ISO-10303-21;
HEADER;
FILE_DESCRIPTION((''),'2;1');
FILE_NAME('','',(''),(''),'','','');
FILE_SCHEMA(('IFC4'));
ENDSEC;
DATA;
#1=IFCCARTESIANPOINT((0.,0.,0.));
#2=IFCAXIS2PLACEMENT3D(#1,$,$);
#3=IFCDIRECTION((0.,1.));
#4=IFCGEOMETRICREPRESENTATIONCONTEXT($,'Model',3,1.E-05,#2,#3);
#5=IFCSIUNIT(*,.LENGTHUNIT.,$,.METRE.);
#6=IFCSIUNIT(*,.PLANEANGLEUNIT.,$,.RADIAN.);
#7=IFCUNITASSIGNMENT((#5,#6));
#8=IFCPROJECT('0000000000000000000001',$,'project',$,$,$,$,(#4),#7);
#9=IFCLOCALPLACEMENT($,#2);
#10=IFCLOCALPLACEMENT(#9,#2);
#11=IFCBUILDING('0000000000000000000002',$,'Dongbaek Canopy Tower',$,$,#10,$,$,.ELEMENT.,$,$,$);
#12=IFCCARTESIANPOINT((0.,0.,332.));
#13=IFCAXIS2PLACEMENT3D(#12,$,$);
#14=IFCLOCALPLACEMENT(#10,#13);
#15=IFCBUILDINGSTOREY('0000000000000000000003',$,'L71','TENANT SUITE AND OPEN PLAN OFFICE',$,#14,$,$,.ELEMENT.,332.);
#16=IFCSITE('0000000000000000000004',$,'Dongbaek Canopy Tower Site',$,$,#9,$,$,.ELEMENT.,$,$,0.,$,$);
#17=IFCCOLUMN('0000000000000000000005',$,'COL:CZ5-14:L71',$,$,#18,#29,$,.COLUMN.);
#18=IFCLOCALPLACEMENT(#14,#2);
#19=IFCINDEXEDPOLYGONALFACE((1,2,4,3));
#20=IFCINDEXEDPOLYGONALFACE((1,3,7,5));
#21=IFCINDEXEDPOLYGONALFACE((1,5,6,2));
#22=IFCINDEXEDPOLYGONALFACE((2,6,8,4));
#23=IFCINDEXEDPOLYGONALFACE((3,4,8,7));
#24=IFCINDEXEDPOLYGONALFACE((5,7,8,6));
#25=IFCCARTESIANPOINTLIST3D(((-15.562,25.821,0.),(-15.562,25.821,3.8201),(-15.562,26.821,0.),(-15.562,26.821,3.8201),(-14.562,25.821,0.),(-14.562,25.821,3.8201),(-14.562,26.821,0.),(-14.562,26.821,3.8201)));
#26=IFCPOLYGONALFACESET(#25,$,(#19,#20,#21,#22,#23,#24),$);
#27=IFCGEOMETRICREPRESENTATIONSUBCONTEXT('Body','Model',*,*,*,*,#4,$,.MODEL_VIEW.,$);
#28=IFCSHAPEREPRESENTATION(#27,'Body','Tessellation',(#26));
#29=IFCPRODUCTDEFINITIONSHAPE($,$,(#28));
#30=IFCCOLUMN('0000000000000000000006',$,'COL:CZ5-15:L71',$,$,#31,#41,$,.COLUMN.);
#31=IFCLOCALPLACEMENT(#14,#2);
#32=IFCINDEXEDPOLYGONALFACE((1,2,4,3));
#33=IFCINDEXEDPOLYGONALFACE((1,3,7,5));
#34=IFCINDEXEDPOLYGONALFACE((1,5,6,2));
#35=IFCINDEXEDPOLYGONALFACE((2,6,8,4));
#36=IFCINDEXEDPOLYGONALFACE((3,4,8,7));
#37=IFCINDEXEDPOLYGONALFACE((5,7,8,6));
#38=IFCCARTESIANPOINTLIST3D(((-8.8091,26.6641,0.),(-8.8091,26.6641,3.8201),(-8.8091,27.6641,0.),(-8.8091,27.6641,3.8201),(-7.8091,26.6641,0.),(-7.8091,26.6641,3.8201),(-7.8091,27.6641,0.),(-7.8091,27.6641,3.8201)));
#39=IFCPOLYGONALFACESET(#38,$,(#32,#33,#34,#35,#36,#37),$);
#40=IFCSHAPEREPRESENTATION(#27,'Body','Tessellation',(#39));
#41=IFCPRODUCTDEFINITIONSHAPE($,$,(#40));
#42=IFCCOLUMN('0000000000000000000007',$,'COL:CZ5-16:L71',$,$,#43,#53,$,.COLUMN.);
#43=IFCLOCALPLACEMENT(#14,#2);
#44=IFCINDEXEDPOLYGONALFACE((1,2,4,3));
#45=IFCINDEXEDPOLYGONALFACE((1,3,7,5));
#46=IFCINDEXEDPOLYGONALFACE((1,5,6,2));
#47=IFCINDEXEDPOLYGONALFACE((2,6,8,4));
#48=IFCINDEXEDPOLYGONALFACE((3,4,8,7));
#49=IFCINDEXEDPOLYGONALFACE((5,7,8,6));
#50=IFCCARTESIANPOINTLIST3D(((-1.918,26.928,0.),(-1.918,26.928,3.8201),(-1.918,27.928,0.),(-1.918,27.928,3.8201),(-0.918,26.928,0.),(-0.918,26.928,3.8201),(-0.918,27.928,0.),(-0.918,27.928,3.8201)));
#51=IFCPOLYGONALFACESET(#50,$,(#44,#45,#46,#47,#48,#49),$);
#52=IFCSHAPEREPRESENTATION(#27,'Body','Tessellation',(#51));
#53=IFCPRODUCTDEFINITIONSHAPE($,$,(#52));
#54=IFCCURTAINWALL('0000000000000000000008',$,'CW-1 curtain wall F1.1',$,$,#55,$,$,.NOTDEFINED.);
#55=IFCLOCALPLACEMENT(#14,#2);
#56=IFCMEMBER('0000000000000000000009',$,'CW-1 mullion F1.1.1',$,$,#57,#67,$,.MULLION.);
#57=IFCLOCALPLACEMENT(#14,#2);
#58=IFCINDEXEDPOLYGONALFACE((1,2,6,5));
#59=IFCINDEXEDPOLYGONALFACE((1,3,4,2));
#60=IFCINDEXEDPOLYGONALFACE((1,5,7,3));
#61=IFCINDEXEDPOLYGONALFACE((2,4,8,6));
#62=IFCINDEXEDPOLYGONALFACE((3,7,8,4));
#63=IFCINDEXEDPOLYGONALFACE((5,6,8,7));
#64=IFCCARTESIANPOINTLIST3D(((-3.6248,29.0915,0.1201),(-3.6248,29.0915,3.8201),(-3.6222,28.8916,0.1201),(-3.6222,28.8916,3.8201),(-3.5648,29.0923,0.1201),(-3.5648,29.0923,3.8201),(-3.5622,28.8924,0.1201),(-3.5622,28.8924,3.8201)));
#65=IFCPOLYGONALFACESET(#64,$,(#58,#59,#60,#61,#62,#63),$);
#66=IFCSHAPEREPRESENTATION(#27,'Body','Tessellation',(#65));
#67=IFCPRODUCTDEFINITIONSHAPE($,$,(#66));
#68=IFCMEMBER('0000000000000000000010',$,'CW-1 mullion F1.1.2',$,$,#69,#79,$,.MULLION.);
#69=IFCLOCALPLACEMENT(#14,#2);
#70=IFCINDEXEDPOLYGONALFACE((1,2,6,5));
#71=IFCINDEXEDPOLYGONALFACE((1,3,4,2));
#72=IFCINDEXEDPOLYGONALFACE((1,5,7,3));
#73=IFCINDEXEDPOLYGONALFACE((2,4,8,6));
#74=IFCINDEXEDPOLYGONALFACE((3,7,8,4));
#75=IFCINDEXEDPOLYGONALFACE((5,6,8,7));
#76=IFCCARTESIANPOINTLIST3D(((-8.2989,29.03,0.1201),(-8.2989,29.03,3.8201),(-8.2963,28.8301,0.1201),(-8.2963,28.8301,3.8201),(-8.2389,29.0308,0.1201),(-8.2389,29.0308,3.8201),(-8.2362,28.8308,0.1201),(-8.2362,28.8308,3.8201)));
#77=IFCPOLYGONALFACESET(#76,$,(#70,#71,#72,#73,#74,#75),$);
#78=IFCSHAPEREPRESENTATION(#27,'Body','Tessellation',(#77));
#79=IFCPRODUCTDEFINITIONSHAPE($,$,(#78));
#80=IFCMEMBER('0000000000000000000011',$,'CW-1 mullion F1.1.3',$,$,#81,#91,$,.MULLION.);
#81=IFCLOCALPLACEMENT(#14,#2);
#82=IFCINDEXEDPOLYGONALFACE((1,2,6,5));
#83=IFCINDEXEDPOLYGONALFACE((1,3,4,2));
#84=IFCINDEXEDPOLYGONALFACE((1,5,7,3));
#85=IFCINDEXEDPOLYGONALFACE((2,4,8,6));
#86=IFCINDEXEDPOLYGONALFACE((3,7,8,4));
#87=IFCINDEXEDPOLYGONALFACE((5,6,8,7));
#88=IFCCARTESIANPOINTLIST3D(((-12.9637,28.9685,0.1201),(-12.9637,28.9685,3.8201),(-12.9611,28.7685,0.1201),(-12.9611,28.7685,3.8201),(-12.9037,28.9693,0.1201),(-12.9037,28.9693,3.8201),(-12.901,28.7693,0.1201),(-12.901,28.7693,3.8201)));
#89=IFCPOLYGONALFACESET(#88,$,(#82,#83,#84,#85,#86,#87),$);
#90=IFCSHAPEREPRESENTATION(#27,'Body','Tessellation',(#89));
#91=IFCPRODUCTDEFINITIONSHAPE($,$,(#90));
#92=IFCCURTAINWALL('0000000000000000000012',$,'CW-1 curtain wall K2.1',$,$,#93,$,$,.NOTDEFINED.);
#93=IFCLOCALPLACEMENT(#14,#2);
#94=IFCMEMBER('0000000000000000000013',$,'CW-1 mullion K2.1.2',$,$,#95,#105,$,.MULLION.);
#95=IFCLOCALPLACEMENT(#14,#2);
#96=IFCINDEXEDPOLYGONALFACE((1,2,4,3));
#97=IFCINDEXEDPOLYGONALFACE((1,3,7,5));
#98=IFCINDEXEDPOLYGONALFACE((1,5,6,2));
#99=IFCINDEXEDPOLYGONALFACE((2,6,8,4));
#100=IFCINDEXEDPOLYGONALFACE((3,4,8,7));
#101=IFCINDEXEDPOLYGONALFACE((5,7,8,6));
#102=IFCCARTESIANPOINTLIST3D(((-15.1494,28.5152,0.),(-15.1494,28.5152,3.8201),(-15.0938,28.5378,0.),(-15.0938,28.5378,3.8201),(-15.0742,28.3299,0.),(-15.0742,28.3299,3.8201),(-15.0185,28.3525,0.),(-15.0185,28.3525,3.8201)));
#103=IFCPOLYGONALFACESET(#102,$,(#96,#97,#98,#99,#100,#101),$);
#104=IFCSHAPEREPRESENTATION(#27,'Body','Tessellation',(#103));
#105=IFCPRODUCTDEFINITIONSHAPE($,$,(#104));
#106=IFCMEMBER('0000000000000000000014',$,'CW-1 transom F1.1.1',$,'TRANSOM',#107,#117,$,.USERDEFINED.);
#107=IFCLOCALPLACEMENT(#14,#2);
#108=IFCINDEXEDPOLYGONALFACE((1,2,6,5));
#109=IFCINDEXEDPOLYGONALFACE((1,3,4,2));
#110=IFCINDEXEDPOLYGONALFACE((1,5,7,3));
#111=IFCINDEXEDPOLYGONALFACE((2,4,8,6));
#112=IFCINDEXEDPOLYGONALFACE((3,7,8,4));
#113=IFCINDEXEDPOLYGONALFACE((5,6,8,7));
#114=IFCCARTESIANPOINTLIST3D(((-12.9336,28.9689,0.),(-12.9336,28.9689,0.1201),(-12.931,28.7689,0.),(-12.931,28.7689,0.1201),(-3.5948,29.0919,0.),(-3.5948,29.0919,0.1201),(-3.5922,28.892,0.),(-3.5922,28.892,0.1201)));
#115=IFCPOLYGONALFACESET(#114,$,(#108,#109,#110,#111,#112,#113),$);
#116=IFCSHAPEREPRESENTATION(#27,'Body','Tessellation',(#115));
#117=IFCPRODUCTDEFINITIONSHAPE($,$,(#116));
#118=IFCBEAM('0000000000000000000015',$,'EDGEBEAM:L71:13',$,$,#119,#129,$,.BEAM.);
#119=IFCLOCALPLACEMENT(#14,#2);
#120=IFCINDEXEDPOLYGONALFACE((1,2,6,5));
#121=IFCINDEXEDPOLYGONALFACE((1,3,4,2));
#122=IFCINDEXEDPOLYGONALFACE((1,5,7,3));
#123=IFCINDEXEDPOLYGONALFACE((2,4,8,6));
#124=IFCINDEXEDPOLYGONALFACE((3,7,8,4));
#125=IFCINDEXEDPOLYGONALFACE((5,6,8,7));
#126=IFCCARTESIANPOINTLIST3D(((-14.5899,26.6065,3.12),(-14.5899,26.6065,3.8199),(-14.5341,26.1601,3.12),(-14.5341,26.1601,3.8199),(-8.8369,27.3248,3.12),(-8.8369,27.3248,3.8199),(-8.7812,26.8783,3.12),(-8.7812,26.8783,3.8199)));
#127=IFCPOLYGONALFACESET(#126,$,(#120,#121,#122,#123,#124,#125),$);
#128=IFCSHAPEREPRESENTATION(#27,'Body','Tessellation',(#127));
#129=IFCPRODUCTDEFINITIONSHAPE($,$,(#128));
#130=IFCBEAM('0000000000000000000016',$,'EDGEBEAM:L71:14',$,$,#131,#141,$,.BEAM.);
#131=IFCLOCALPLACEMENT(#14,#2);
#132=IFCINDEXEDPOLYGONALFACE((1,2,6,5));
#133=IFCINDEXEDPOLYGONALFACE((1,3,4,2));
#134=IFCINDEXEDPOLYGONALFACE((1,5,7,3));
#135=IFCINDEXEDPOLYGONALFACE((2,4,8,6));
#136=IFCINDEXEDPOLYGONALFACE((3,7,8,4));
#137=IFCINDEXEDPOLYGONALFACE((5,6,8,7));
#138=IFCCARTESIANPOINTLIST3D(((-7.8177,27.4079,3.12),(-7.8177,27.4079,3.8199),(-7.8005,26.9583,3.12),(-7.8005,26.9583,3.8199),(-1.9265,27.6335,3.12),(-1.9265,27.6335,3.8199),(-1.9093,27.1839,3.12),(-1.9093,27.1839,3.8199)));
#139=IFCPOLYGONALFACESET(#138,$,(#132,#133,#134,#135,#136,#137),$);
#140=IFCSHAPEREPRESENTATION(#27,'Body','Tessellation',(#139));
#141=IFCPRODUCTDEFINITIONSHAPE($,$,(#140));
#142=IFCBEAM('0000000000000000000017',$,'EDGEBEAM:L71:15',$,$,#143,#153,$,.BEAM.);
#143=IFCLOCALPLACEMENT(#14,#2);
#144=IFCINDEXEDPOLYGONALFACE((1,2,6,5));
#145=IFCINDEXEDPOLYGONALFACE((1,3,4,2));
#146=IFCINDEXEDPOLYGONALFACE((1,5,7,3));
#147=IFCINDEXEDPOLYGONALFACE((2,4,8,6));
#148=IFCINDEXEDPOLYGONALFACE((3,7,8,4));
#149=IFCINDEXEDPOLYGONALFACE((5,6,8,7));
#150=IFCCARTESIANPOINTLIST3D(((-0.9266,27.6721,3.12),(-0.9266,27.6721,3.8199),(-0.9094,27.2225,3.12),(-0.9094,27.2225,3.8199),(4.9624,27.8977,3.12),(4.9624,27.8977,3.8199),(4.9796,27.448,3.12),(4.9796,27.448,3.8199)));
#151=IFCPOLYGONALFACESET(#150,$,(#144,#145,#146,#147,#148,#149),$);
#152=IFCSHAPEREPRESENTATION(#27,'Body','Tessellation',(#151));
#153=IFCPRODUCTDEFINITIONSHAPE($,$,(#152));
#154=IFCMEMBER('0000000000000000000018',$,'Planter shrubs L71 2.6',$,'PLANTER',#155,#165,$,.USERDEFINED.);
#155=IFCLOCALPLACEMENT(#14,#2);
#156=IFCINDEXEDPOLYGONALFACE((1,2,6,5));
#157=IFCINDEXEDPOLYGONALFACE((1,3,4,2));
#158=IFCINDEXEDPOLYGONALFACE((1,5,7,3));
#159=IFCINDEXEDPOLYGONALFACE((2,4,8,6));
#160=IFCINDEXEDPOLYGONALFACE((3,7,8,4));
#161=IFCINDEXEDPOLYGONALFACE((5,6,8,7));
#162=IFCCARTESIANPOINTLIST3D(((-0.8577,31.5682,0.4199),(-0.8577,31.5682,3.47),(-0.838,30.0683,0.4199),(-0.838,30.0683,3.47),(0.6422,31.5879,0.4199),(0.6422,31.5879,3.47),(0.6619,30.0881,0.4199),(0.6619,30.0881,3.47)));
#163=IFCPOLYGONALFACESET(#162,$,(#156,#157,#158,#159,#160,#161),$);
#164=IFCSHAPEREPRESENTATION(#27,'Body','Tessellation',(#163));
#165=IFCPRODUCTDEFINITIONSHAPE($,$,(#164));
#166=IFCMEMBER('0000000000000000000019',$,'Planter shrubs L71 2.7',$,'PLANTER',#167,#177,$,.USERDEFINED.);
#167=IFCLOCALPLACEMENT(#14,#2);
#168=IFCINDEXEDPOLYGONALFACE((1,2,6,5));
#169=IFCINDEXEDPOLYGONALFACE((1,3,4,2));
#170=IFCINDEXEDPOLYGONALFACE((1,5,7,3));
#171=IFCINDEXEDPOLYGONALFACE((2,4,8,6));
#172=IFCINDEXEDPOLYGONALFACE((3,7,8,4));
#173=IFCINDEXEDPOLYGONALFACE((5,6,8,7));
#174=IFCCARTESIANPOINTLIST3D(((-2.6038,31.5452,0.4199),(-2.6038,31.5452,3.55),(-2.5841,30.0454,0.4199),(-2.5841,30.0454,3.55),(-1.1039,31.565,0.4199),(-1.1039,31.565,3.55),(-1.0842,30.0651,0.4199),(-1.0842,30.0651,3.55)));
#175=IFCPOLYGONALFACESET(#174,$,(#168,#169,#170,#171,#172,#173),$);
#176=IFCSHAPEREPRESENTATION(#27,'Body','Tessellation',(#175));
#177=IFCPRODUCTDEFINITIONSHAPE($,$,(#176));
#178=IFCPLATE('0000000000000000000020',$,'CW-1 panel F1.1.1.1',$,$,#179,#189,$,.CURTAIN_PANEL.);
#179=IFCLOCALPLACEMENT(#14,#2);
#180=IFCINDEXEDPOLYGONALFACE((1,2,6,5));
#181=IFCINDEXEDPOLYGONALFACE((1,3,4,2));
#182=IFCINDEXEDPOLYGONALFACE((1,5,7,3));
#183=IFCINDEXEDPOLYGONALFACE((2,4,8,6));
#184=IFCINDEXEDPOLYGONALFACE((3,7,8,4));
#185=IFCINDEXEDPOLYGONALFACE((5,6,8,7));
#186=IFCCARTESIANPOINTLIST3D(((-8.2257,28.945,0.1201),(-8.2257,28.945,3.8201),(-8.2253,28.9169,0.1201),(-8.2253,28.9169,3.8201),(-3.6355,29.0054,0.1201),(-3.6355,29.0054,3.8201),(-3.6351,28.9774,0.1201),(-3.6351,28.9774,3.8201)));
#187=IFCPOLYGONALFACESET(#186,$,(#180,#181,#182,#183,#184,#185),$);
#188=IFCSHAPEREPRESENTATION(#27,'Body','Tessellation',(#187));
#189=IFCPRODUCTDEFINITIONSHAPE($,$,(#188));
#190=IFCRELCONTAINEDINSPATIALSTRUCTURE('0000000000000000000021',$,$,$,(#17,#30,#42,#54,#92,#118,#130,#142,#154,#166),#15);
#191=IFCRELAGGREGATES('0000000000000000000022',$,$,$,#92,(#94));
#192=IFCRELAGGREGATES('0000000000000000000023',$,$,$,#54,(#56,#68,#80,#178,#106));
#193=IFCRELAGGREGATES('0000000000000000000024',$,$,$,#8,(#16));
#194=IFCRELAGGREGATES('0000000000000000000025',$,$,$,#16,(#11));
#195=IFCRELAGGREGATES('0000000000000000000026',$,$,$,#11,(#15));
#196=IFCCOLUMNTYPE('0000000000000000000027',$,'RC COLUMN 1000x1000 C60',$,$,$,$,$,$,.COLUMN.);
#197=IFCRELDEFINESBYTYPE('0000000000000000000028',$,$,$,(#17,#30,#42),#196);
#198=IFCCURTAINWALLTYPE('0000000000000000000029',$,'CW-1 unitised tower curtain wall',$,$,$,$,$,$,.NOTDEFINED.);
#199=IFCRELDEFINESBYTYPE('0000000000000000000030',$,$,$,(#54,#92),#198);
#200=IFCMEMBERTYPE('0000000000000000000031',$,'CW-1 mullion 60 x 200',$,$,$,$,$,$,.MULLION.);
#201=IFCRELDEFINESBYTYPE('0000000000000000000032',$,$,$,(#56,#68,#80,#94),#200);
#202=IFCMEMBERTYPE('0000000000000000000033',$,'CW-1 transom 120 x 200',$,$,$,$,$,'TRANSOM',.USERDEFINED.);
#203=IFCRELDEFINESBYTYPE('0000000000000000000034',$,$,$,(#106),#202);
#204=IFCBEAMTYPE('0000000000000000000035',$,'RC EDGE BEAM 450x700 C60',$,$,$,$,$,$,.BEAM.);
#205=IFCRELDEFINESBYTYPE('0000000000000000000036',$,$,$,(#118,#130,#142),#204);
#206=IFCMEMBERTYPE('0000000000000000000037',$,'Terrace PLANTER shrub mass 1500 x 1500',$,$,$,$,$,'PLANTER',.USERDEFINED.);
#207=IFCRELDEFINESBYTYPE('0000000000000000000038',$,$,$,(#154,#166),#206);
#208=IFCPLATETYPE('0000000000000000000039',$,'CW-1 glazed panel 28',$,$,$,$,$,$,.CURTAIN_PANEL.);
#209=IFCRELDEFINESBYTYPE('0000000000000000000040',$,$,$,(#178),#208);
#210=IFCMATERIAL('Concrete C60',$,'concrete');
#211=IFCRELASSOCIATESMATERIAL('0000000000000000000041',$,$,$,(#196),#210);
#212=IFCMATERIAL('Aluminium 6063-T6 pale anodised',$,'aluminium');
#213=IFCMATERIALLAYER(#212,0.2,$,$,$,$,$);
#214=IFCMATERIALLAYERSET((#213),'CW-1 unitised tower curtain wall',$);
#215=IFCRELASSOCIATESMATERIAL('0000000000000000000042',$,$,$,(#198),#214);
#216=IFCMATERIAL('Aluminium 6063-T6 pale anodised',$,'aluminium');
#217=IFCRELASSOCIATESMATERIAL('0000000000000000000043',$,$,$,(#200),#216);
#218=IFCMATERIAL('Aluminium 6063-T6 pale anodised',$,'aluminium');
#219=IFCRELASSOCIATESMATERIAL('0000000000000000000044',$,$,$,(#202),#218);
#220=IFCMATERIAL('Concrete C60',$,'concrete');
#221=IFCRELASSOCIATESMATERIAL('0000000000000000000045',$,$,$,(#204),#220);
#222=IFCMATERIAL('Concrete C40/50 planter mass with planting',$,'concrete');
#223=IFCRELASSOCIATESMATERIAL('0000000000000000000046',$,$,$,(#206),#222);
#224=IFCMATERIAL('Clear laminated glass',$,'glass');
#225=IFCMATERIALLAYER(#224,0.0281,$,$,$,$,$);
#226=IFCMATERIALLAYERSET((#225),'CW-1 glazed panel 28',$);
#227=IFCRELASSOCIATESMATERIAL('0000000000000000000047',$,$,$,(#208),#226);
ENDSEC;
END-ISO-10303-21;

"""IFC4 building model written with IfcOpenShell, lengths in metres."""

from ifc_helpers import new_model, si_unit, direction, frame, origin, origin_2d, place, context, subcontext, project, spatial, rectangle, extrude, material, layer, layer_set, material_profile, profile_set, type_object, element, aggregate, save


model = new_model("IFC4")

# Units and contexts
model_context = context("Model", 3, precision=1e-05, world=origin(), true_north=direction((0.0, 1.0)))
body_context = subcontext(model_context, "Body", "Model", "MODEL_VIEW")
ifc_project = project(units=[si_unit("LENGTHUNIT", "METRE"), si_unit("PLANEANGLEUNIT", "RADIAN")], contexts=[model_context])

# Site, building, storey
site_placement = place(None, origin())
site = spatial("IfcSite", under=ifc_project, at=site_placement, Name="Dongbaek Canopy Tower Site", CompositionType="ELEMENT", RefElevation=0.0)
building_placement = place(site_placement, origin())
building = spatial("IfcBuilding", under=site, at=building_placement, Name="Dongbaek Canopy Tower", CompositionType="ELEMENT")
storey_placement = place(building_placement, frame((0.0, 0.0, 332.0)))
storey = spatial("IfcBuildingStorey", under=building, at=storey_placement, Name="L71", Description="TENANT SUITE AND OPEN PLAN OFFICE", CompositionType="ELEMENT", Elevation=332.0)

# Columns
ifc_material_1 = material(Name="Concrete C60", Category="concrete")
ifc_material_profile_1 = material_profile(ifc_material_1, rectangle(XDim=1.0, YDim=1.0, at=origin_2d()), Name="RC COLUMN 1000x1000 C60")
ifc_profile_set_1 = profile_set([ifc_material_profile_1], Name="Concrete C60")
column_type = type_object("IfcColumnType", Name="RC COLUMN 1000x1000 C60", PredefinedType="COLUMN", material=ifc_profile_set_1)
for number, where, z_axis, x_axis, name in (
    (1, (-15.062, 26.321, 0.0), (0.0, 0.0, 1.0), (1.0, 0.0, 0.0), "COL:CZ5-14:L71"),
    (2, (-8.3091, 27.1641, 0.0), (0.0, 0.0, 1.0), (1.0, 0.0, 0.0), "COL:CZ5-15:L71"),
    (3, (-1.418, 27.428, 0.0), (0.0, 0.0, 1.0), (1.0, 0.0, 0.0), "COL:CZ5-16:L71"),
):
    element("IfcColumn", number, at=place(storey_placement, frame(where, z_axis=z_axis, x_axis=x_axis)), inside=storey, type_object=column_type, Name=name, PredefinedType="COLUMN", context=body_context, shape_type="SweptSolid", body=[
        extrude(rectangle(XDim=1.0, YDim=1.0, at=origin_2d()), origin(), (0.0, 0.0, 1.0), 3.8201),
    ])

# Curtain wall, members
ifc_material_2 = material(Name="Aluminium 6063-T6 pale anodised", Category="aluminium")
ifc_layer_1 = layer(ifc_material_2, 0.2)
ifc_layer_set_1 = layer_set([ifc_layer_1], Name="CW-1 unitised tower curtain wall")
curtain_wall_type = type_object("IfcCurtainWallType", Name="CW-1 unitised tower curtain wall", PredefinedType="NOTDEFINED", material=ifc_layer_set_1)
curtain_wall_1_placement = place(storey_placement, origin())
curtain_wall_1 = element("IfcCurtainWall", 4, at=curtain_wall_1_placement, inside=storey, type_object=curtain_wall_type, Name="CW-1 curtain wall F1.1", PredefinedType="NOTDEFINED")
ifc_material_3 = material(Name="Aluminium 6063-T6 pale anodised", Category="aluminium")
ifc_material_profile_2 = material_profile(ifc_material_3, rectangle(XDim=0.2, YDim=0.0601, at=origin_2d()), Name="CW-1 mullion 60 x 200")
ifc_profile_set_2 = profile_set([ifc_material_profile_2], Name="Aluminium 6063-T6 pale anodised")
member_type_1 = type_object("IfcMemberType", Name="CW-1 mullion 60 x 200", PredefinedType="MULLION", material=ifc_profile_set_2)
member_1_placement = place(storey_placement, frame((-3.5935, 28.9919, 0.1201), z_axis=(0.0, 0.0, 1.0), x_axis=(-0.013165, 0.999913, 0.0)))
member_1 = element("IfcMember", 5, at=member_1_placement, type_object=member_type_1, Name="CW-1 mullion F1.1.1", PredefinedType="MULLION", context=body_context, shape_type="SweptSolid", body=[
    extrude(rectangle(XDim=0.2, YDim=0.0601, at=origin_2d()), origin(), (0.0, 0.0, 1.0), 3.7),
])
member_2_placement = place(storey_placement, frame((-8.2676, 28.9304, 0.1201), z_axis=(0.0, 0.0, 1.0), x_axis=(-0.013165, 0.999913, 0.0)))
member_2 = element("IfcMember", 6, at=member_2_placement, type_object=member_type_1, Name="CW-1 mullion F1.1.2", PredefinedType="MULLION", context=body_context, shape_type="SweptSolid", body=[
    extrude(rectangle(XDim=0.2, YDim=0.0601, at=origin_2d()), origin(), (0.0, 0.0, 1.0), 3.7),
])
member_3_placement = place(storey_placement, frame((-12.9324, 28.8689, 0.1201), z_axis=(0.0, 0.0, 1.0), x_axis=(-0.013165, 0.999913, 0.0)))
member_3 = element("IfcMember", 7, at=member_3_placement, type_object=member_type_1, Name="CW-1 mullion F1.1.3", PredefinedType="MULLION", context=body_context, shape_type="SweptSolid", body=[
    extrude(rectangle(XDim=0.2, YDim=0.0601, at=origin_2d()), origin(), (0.0, 0.0, 1.0), 3.7),
])

# Curtain wall, member
curtain_wall_2_placement = place(storey_placement, origin())
curtain_wall_2 = element("IfcCurtainWall", 8, at=curtain_wall_2_placement, inside=storey, type_object=curtain_wall_type, Name="CW-1 curtain wall K2.1", PredefinedType="NOTDEFINED")
member_4_placement = place(storey_placement, frame((-15.084, 28.4338, 0.0), z_axis=(0.0, 0.0, 1.0), x_axis=(-0.376366, 0.926471, 0.0)))
member_4 = element("IfcMember", 9, at=member_4_placement, type_object=member_type_1, Name="CW-1 mullion K2.1.2", PredefinedType="MULLION", context=body_context, shape_type="SweptSolid", body=[
    extrude(rectangle(XDim=0.2, YDim=0.0601, at=origin_2d()), origin(), (0.0, 0.0, 1.0), 3.8201),
])

# Member
ifc_material_4 = material(Name="Aluminium 6063-T6 pale anodised", Category="aluminium")
ifc_material_profile_3 = material_profile(ifc_material_4, rectangle(XDim=0.2, YDim=0.1201, at=origin_2d()), Name="CW-1 transom 120 x 200")
ifc_profile_set_3 = profile_set([ifc_material_profile_3], Name="Aluminium 6063-T6 pale anodised")
member_type_2 = type_object("IfcMemberType", Name="CW-1 transom 120 x 200", ElementType="TRANSOM", PredefinedType="USERDEFINED", material=ifc_profile_set_3)
member_5_placement = place(storey_placement, frame((-3.5935, 28.9919, 0.0601), z_axis=(-0.999913, -0.013175, 0.0), x_axis=(0.013175, -0.999913, 0.0)))
member_5 = element("IfcMember", 10, at=member_5_placement, type_object=member_type_2, Name="CW-1 transom F1.1.1", ObjectType="TRANSOM", PredefinedType="USERDEFINED", context=body_context, shape_type="SweptSolid", body=[
    extrude(rectangle(XDim=0.2, YDim=0.1201, at=origin_2d()), origin(), (0.0, 0.0, 1.0), 9.3396),
])

# Beams
ifc_material_5 = material(Name="Concrete C60", Category="concrete")
ifc_material_profile_4 = material_profile(ifc_material_5, rectangle(XDim=0.45, YDim=0.7, at=origin_2d()), Name="RC EDGE BEAM 450x700 C60")
ifc_profile_set_4 = profile_set([ifc_material_profile_4], Name="Concrete C60")
beam_type = type_object("IfcBeamType", Name="RC EDGE BEAM 450x700 C60", PredefinedType="BEAM", material=ifc_profile_set_4)
beam_1_placement = place(storey_placement, frame((-14.562, 26.3833, 3.47), z_axis=(0.992296, 0.12389, 0.0), x_axis=(-0.12389, 0.992296, 0.0)))
element("IfcBeam", 11, at=beam_1_placement, inside=storey, type_object=beam_type, Name="EDGEBEAM:L71:13", PredefinedType="BEAM", context=body_context, shape_type="SweptSolid", body=[
    extrude(rectangle(XDim=0.45, YDim=0.7, at=origin_2d()), origin(), (0.0, 0.0, 1.0), 5.7976),
])
beam_2_placement = place(storey_placement, frame((-7.8091, 27.1831, 3.47), z_axis=(0.999268, 0.038265, 0.0), x_axis=(-0.038265, 0.999268, 0.0)))
element("IfcBeam", 12, at=beam_2_placement, inside=storey, type_object=beam_type, Name="EDGEBEAM:L71:14", PredefinedType="BEAM", context=body_context, shape_type="SweptSolid", body=[
    extrude(rectangle(XDim=0.45, YDim=0.7, at=origin_2d()), origin(), (0.0, 0.0, 1.0), 5.8955),
])
beam_3_placement = place(storey_placement, frame((-0.918, 27.4473, 3.47), z_axis=(0.999267, 0.038279, 0.0), x_axis=(-0.038279, 0.999267, 0.0)))
element("IfcBeam", 13, at=beam_3_placement, inside=storey, type_object=beam_type, Name="EDGEBEAM:L71:15", PredefinedType="BEAM", context=body_context, shape_type="SweptSolid", body=[
    extrude(rectangle(XDim=0.45, YDim=0.7, at=origin_2d()), origin(), (0.0, 0.0, 1.0), 5.8933),
])

# Members
ifc_material_6 = material(Name="Concrete C40/50 planter mass with planting", Category="concrete")
ifc_material_profile_5 = material_profile(ifc_material_6, rectangle(XDim=1.5, YDim=1.5, at=origin_2d()), Name="Terrace PLANTER shrub mass 1500 x 1500")
ifc_profile_set_5 = profile_set([ifc_material_profile_5], Name="Concrete C40/50 planter mass with planting")
member_type_3 = type_object("IfcMemberType", Name="Terrace PLANTER shrub mass 1500 x 1500", ElementType="PLANTER", PredefinedType="USERDEFINED", material=ifc_profile_set_5)
member_6_placement = place(storey_placement, frame((-0.0979, 30.8281, 0.4199), z_axis=(0.0, 0.0, 1.0), x_axis=(-0.013165, 0.999913, 0.0)))
element("IfcMember", 14, at=member_6_placement, inside=storey, type_object=member_type_3, Name="Planter shrubs L71 2.6", ObjectType="PLANTER", PredefinedType="USERDEFINED", context=body_context, shape_type="SweptSolid", body=[
    extrude(rectangle(XDim=1.5, YDim=1.5, at=origin_2d()), origin(), (0.0, 0.0, 1.0), 3.05),
])
member_7_placement = place(storey_placement, frame((-1.844, 30.8052, 0.4199), z_axis=(0.0, 0.0, 1.0), x_axis=(-0.013165, 0.999913, 0.0)))
element("IfcMember", 15, at=member_7_placement, inside=storey, type_object=member_type_3, Name="Planter shrubs L71 2.7", ObjectType="PLANTER", PredefinedType="USERDEFINED", context=body_context, shape_type="SweptSolid", body=[
    extrude(rectangle(XDim=1.5, YDim=1.5, at=origin_2d()), origin(), (0.0, 0.0, 1.0), 3.1301),
])

# Plate
ifc_material_7 = material(Name="Clear laminated glass", Category="glass")
ifc_layer_2 = layer(ifc_material_7, 0.0281)
ifc_layer_set_2 = layer_set([ifc_layer_2], Name="CW-1 glazed panel 28")
plate_type = type_object("IfcPlateType", Name="CW-1 glazed panel 28", PredefinedType="CURTAIN_PANEL", material=ifc_layer_set_2)
plate_1_placement = place(storey_placement, frame((-5.9304, 28.9612, 0.1201), z_axis=(0.0, 0.0, 1.0), x_axis=(-0.999913, -0.013165, 0.0)))
plate_1 = element("IfcPlate", 16, at=plate_1_placement, type_object=plate_type, Name="CW-1 panel F1.1.1.1", PredefinedType="CURTAIN_PANEL", context=body_context, shape_type="SweptSolid", body=[
    extrude(rectangle(XDim=4.5906, YDim=0.0281, at=origin_2d()), origin(), (0.0, 0.0, 1.0), 3.7),
])
aggregate(curtain_wall_2, [member_4])

aggregate(curtain_wall_1, [member_1, member_2, member_3, plate_1, member_5])

save(model, "model.ifc")
